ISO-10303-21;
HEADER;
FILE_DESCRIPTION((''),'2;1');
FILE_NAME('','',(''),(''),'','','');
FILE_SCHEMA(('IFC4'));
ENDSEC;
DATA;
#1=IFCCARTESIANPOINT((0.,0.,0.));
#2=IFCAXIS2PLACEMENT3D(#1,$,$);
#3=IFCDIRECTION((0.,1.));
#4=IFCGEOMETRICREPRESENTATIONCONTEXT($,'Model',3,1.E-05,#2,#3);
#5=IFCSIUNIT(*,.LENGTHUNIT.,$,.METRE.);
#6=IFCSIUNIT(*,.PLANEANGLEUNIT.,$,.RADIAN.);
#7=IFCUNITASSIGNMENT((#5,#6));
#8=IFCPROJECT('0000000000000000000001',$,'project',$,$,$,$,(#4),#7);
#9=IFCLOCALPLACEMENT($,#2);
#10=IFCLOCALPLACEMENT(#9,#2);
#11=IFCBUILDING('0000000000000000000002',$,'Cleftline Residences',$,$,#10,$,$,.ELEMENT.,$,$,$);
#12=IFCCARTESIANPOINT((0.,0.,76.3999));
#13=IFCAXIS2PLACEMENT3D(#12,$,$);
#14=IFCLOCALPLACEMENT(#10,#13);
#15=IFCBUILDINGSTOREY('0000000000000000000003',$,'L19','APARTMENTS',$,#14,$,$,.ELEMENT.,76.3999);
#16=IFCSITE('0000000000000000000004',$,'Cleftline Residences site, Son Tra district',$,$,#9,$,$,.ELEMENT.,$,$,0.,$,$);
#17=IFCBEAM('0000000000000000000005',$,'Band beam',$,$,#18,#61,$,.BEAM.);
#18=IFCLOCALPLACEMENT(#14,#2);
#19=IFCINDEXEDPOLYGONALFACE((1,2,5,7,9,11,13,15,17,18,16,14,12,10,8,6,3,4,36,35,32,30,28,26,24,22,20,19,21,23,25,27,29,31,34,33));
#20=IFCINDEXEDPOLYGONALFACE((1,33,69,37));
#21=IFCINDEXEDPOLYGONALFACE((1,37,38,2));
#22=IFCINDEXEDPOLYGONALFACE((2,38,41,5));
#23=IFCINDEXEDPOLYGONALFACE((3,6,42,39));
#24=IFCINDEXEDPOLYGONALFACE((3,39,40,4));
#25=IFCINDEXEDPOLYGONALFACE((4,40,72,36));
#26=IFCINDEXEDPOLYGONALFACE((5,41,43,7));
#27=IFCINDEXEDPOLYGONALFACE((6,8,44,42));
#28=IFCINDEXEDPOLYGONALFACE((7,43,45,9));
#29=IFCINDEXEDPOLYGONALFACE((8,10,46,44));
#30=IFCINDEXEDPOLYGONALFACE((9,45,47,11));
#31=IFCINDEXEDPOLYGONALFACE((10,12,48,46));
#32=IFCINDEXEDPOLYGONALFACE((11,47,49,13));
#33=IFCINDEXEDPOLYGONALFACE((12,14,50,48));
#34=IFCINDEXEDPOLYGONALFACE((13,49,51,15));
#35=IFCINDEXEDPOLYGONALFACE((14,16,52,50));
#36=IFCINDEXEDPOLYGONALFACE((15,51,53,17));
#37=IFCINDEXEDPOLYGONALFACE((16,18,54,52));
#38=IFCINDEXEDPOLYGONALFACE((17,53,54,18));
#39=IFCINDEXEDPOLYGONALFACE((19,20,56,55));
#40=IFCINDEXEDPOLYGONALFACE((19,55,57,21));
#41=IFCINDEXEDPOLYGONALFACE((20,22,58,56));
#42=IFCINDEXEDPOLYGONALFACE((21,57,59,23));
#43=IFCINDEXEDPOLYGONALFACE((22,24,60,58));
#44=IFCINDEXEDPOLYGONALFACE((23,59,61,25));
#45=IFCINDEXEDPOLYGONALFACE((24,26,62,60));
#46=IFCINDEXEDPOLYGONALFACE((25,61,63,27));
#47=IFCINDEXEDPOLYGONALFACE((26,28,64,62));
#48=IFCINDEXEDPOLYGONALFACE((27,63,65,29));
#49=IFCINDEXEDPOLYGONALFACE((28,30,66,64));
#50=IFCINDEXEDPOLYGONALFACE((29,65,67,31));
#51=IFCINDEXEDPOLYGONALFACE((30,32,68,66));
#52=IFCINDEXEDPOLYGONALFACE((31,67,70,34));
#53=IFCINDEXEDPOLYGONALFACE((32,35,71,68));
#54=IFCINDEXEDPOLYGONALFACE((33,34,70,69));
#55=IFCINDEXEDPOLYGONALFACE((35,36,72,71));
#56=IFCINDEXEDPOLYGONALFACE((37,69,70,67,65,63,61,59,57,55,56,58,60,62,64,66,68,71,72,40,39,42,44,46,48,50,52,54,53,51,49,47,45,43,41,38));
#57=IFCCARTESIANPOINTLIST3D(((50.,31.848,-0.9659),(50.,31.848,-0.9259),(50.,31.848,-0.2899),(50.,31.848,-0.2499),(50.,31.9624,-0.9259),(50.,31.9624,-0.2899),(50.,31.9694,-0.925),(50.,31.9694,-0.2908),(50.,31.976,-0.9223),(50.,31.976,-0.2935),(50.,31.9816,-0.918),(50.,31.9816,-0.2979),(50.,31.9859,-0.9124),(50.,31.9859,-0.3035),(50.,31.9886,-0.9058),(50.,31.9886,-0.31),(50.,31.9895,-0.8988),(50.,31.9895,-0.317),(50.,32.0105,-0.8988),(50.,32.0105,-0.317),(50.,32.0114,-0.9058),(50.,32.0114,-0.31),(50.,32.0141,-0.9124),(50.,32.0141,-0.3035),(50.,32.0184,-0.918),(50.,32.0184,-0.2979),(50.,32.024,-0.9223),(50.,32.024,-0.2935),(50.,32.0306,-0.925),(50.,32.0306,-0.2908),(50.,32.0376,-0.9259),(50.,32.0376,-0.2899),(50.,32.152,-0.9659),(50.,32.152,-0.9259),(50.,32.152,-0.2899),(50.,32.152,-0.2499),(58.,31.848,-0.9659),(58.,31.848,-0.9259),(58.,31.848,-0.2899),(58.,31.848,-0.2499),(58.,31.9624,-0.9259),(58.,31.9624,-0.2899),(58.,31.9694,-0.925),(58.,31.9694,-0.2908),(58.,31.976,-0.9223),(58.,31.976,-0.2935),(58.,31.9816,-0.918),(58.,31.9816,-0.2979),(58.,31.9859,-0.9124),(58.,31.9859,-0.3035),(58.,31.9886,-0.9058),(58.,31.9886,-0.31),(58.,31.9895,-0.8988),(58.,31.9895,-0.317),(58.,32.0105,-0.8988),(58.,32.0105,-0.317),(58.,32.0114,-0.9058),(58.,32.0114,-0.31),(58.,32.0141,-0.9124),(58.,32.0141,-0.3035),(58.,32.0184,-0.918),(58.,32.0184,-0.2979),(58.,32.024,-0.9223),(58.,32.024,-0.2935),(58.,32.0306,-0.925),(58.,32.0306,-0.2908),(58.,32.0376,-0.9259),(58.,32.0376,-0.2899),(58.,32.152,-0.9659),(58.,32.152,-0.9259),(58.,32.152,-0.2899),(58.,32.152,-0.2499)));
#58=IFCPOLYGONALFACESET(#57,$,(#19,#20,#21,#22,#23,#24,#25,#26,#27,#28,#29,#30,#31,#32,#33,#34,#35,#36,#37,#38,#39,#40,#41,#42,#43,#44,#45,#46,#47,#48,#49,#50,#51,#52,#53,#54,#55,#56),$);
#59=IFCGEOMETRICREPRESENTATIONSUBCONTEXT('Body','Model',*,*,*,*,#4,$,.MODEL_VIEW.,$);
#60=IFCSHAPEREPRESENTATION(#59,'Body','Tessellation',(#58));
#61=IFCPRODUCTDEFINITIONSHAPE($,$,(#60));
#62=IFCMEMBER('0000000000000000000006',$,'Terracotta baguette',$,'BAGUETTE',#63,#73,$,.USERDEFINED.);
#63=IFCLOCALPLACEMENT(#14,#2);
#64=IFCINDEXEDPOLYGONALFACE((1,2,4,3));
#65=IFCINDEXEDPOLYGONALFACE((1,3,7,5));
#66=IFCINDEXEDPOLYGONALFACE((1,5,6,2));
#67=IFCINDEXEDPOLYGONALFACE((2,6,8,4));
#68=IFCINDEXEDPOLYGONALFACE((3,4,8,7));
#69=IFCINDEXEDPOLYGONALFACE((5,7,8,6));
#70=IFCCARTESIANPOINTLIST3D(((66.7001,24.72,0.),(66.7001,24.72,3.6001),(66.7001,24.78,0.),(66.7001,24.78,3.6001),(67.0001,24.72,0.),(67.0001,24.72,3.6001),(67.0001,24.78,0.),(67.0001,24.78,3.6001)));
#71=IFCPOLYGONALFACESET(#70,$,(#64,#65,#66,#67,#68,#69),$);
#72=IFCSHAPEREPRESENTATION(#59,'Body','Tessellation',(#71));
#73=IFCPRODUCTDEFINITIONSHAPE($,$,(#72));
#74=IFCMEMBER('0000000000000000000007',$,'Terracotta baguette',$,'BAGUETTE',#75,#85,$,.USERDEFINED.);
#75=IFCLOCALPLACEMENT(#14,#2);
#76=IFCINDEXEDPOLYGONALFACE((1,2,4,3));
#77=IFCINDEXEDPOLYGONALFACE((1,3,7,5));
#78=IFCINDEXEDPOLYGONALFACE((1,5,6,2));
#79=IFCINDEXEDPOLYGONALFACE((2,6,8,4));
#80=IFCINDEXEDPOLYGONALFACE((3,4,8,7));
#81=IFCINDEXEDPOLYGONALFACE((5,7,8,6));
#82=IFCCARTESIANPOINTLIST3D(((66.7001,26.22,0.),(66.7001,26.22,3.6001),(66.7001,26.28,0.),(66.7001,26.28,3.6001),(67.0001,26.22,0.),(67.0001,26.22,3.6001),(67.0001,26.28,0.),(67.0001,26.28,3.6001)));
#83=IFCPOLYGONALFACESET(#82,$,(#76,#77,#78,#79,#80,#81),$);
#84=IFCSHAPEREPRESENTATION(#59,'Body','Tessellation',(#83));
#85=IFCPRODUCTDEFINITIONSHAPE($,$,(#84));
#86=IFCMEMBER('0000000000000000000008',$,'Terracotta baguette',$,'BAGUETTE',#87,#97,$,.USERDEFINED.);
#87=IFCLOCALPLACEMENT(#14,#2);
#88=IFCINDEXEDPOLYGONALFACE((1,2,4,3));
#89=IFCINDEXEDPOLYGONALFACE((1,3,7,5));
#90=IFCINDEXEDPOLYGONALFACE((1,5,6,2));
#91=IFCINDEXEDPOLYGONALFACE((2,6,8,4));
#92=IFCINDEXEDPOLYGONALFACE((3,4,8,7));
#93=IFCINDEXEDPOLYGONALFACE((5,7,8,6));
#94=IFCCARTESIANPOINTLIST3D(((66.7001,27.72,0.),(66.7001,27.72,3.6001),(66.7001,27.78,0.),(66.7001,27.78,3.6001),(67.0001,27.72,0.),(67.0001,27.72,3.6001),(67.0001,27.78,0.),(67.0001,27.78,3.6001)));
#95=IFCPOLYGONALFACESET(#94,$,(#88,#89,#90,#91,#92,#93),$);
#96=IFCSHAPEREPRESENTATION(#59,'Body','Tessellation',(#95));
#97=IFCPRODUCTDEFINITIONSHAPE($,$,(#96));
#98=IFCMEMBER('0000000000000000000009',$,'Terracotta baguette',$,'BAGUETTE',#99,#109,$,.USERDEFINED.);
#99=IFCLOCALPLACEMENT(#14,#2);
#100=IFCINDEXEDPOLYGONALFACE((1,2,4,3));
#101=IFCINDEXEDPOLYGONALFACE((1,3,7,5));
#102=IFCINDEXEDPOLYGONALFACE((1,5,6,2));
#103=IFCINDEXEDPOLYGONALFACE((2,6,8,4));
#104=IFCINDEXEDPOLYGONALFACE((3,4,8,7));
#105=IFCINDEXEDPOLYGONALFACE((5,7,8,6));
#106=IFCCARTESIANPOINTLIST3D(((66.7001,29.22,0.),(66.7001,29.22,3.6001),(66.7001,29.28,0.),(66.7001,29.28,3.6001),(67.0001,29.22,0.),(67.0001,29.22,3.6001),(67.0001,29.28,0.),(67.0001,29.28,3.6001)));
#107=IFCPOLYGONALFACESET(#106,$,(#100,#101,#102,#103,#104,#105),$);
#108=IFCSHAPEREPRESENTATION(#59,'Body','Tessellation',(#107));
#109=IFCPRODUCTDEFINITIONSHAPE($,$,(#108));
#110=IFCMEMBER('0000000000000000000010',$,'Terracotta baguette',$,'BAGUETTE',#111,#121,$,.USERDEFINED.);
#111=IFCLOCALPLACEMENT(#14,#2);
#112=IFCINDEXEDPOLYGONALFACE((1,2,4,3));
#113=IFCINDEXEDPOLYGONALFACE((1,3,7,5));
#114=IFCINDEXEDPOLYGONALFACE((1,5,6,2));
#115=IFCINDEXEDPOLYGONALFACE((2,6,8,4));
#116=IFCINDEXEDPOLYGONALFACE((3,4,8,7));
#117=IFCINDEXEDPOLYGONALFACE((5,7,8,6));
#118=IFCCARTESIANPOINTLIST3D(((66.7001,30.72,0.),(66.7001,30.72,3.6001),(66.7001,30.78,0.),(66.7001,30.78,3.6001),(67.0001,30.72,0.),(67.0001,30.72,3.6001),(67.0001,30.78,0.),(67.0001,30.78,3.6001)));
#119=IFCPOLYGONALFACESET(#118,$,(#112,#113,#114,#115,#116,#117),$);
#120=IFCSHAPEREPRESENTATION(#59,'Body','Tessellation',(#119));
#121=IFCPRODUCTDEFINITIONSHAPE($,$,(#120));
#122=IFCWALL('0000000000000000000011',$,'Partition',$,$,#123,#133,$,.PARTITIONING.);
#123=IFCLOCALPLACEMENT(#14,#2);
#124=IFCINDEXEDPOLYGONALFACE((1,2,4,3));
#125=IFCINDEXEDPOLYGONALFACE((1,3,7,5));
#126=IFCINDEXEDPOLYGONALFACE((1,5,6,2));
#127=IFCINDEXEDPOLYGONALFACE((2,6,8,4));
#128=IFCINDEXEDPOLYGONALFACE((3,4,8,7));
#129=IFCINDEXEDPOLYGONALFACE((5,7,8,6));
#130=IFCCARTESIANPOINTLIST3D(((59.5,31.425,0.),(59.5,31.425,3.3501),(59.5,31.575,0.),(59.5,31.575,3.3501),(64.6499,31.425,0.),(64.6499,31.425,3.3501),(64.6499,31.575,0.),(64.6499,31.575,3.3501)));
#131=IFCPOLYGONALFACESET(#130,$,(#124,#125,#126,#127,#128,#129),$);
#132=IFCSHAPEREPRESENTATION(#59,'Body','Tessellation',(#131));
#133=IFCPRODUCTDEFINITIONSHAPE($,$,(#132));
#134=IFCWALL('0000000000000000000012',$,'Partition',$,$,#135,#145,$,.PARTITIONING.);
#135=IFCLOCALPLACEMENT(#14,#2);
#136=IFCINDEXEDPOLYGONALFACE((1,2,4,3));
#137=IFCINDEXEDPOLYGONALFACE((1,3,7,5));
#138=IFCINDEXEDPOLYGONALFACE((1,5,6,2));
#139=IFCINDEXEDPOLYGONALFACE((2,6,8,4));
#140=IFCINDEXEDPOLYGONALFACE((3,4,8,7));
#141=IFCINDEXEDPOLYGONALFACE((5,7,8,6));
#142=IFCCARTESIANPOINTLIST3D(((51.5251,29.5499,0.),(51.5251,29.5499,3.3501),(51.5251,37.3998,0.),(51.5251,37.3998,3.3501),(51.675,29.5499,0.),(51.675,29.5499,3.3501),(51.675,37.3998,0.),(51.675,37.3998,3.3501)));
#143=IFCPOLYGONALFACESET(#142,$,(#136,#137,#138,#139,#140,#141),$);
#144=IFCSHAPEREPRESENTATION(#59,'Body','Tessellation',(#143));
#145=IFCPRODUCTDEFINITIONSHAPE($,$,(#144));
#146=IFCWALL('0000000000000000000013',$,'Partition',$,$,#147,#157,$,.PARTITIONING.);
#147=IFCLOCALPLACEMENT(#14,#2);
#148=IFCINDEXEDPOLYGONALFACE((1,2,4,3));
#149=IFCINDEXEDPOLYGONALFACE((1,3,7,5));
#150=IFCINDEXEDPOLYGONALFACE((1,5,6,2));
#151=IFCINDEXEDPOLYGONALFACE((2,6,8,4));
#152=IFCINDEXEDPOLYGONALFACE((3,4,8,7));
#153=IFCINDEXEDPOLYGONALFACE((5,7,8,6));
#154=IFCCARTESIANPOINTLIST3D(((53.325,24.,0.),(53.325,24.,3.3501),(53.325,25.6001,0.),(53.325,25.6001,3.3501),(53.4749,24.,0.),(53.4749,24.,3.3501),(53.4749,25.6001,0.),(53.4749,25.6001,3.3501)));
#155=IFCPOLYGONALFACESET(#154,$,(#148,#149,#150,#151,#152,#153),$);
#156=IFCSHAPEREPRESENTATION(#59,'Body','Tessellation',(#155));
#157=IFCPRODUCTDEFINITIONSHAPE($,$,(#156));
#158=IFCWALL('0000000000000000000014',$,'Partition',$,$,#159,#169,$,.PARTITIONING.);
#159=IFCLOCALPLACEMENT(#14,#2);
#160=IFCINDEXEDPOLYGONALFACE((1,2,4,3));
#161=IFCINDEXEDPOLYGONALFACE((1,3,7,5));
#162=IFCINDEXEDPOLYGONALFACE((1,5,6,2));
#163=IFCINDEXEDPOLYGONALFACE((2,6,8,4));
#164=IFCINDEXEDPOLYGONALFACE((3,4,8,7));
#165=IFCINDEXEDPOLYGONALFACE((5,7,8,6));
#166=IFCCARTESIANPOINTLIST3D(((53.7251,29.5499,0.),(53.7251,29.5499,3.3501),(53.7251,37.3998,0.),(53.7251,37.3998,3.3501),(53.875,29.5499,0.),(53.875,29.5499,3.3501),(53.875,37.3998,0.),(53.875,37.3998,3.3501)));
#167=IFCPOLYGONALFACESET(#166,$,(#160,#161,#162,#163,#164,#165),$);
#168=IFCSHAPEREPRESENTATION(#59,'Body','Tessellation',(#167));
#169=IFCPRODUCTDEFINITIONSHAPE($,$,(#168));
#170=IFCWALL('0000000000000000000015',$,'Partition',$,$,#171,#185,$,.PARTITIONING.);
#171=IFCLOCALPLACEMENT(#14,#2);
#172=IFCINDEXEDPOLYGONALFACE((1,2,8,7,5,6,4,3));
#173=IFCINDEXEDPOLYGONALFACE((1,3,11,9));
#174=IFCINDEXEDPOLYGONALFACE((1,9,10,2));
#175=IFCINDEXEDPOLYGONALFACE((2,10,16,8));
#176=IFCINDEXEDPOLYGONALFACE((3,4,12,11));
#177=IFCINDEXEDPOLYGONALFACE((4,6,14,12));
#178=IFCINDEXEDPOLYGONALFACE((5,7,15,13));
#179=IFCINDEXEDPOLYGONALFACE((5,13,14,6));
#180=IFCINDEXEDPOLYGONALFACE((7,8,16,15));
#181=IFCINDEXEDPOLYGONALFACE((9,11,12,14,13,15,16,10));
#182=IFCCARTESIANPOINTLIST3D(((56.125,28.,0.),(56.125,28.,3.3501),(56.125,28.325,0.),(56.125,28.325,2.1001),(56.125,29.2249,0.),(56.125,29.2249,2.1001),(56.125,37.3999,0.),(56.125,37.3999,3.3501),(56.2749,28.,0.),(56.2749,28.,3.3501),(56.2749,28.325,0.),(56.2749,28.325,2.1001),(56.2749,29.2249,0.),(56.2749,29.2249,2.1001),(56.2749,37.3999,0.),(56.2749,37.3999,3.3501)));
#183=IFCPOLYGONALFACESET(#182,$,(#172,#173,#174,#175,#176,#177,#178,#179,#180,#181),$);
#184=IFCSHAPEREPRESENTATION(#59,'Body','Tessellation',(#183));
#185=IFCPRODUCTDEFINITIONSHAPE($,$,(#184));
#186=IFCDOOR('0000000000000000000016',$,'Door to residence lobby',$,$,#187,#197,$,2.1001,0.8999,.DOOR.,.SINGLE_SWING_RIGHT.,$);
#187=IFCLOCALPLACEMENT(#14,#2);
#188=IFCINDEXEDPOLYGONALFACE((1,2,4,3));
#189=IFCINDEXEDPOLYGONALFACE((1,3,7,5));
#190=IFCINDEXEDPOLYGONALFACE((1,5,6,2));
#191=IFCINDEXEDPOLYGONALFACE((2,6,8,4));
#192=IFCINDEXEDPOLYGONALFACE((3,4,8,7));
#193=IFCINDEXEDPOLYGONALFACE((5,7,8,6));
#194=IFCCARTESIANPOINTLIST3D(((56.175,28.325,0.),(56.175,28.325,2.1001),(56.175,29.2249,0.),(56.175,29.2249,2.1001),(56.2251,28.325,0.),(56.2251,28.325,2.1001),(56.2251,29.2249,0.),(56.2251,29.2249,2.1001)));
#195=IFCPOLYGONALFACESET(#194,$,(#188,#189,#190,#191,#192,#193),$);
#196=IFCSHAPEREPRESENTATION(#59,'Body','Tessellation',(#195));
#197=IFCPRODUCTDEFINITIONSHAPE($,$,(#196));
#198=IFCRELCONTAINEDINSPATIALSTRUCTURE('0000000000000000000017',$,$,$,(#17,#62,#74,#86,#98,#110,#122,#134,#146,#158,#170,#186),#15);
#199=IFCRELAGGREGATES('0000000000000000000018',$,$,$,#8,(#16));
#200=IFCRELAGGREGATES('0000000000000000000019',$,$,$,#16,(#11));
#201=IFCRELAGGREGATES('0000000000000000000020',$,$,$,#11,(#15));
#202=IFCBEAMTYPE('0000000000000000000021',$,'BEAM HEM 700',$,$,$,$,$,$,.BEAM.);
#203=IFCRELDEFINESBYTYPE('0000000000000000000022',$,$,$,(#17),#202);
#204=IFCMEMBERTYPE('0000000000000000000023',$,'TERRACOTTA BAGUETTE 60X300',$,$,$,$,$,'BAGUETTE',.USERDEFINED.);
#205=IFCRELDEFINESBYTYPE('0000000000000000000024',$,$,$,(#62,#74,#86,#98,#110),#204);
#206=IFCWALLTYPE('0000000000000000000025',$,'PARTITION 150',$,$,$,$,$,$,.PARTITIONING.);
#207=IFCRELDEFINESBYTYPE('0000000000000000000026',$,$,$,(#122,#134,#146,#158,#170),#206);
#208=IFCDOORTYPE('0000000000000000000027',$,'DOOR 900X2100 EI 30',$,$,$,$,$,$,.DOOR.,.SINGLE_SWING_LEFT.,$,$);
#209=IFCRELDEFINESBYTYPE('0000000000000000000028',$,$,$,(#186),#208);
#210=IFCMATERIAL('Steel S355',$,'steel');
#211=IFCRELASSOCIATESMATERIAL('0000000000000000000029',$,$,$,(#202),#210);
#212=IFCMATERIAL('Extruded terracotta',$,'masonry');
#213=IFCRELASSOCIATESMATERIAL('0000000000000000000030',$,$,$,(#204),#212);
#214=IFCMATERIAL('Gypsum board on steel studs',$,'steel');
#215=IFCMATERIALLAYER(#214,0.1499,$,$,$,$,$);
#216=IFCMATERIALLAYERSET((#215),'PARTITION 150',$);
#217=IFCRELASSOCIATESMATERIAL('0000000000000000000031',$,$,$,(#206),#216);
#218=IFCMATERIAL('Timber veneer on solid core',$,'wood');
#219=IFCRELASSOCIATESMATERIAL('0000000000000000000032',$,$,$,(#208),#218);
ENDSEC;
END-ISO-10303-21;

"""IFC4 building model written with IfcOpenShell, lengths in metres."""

from ifc_helpers import new_model, si_unit, direction, frame, frame_2d, origin, origin_2d, place, context, subcontext, project, spatial, rectangle, i_section, extrude, material, layer, layer_set, material_profile, profile_set, type_object, element, fill, save


model = new_model("IFC4")

# Units and contexts
model_context = context("Model", 3, precision=1e-05, world=origin(), true_north=direction((0.0, 1.0)))
body_context = subcontext(model_context, "Body", "Model", "MODEL_VIEW")
ifc_project = project(units=[si_unit("LENGTHUNIT", "METRE"), si_unit("PLANEANGLEUNIT", "RADIAN")], contexts=[model_context])

# Site, building, storey
site_placement = place(None, origin())
site = spatial("IfcSite", under=ifc_project, at=site_placement, Name="Cleftline Residences site, Son Tra district", CompositionType="ELEMENT", RefElevation=0.0)
building_placement = place(site_placement, origin())
building = spatial("IfcBuilding", under=site, at=building_placement, Name="Cleftline Residences", CompositionType="ELEMENT")
storey_placement = place(building_placement, frame((0.0, 0.0, 76.3999)))
storey = spatial("IfcBuildingStorey", under=building, at=storey_placement, Name="L19", Description="APARTMENTS", CompositionType="ELEMENT", Elevation=76.3999)

# Beam
ifc_material_1 = material(Name="Steel S355", Category="steel")
ifc_material_profile_1 = material_profile(ifc_material_1, i_section(OverallWidth=0.304, OverallDepth=0.7161, WebThickness=0.021, FlangeThickness=0.04, FilletRadius=0.0271, at=origin_2d()))
ifc_profile_set_1 = profile_set([ifc_material_profile_1], Name="Steel S355")
beam_type_1 = type_object("IfcBeamType", Name="BEAM HEM 700", PredefinedType="BEAM", material=ifc_profile_set_1)
beam_placement = place(storey_placement, frame((58.0, 32.0, -0.6079), z_axis=(-1.0, 0.0, 0.0), x_axis=(0.0, -1.0, 0.0)))
element("IfcBeam", 1, at=beam_placement, inside=storey, type_object=beam_type_1, Name="Band beam", PredefinedType="BEAM", context=body_context, shape_type="SweptSolid", body=[
    extrude(i_section(OverallWidth=0.304, OverallDepth=0.7161, WebThickness=0.021, FlangeThickness=0.04, FilletRadius=0.0271, at=origin_2d()), origin(), (0.0, 0.0, 1.0), 8.0),
])

# Members
ifc_material_2 = material(Name="Extruded terracotta", Category="masonry")
ifc_material_profile_2 = material_profile(ifc_material_2, rectangle(XDim=0.0601, YDim=0.3, at=origin_2d()))
ifc_profile_set_2 = profile_set([ifc_material_profile_2], Name="Extruded terracotta")
member_type_1 = type_object("IfcMemberType", Name="TERRACOTTA BAGUETTE 60X300", ElementType="BAGUETTE", PredefinedType="USERDEFINED", material=ifc_profile_set_2)
for number, where, z_axis, x_axis, name in (
    (2, (66.8501, 24.75, 0.0), (0.0, 0.0, 1.0), (0.0, 1.0, 0.0), "Terracotta baguette"),
    (3, (66.8501, 26.25, 0.0), (0.0, 0.0, 1.0), (0.0, 1.0, 0.0), "Terracotta baguette"),
    (4, (66.8501, 27.75, 0.0), (0.0, 0.0, 1.0), (0.0, 1.0, 0.0), "Terracotta baguette"),
    (5, (66.8501, 29.25, 0.0), (0.0, 0.0, 1.0), (0.0, 1.0, 0.0), "Terracotta baguette"),
    (6, (66.8501, 30.75, 0.0), (0.0, 0.0, 1.0), (0.0, 1.0, 0.0), "Terracotta baguette"),
):
    element("IfcMember", number, at=place(storey_placement, frame(where, z_axis=z_axis, x_axis=x_axis)), inside=storey, type_object=member_type_1, Name=name, ObjectType="BAGUETTE", PredefinedType="USERDEFINED", context=body_context, shape_type="SweptSolid", body=[
        extrude(rectangle(XDim=0.0601, YDim=0.3, at=origin_2d()), origin(), (0.0, 0.0, 1.0), 3.6001),
    ])

# Walls
ifc_material_3 = material(Name="Gypsum board on steel studs", Category="steel")
ifc_layer_1 = layer(ifc_material_3, 0.1499)
ifc_layer_set_1 = layer_set([ifc_layer_1], Name="PARTITION 150")
wall_type_1 = type_object("IfcWallType", Name="PARTITION 150", PredefinedType="PARTITIONING", material=ifc_layer_set_1)
wall_1_placement = place(storey_placement, frame((59.5, 31.5, 0.0), z_axis=(0.0, 0.0, 1.0), x_axis=(1.0, 0.0, 0.0)))
element("IfcWall", 7, at=wall_1_placement, inside=storey, type_object=wall_type_1, Name="Partition", PredefinedType="PARTITIONING", context=body_context, shape_type="SweptSolid", body=[
    extrude(rectangle(XDim=5.1499, YDim=0.1499, at=frame_2d((2.575, 0.0))), origin(), (0.0, 0.0, 1.0), 3.3501),
])
wall_2_placement = place(storey_placement, frame((51.6001, 29.55, 0.0), z_axis=(0.0, 0.0, 1.0), x_axis=(0.0, 1.0, 0.0)))
element("IfcWall", 8, at=wall_2_placement, inside=storey, type_object=wall_type_1, Name="Partition", PredefinedType="PARTITIONING", context=body_context, shape_type="SweptSolid", body=[
    extrude(rectangle(XDim=7.8499, YDim=0.1499, at=frame_2d((3.9248, 0.0))), origin(), (0.0, 0.0, 1.0), 3.3501),
])
wall_3_placement = place(storey_placement, frame((53.3999, 24.0, 0.0), z_axis=(0.0, 0.0, 1.0), x_axis=(0.0, 1.0, 0.0)))
element("IfcWall", 9, at=wall_3_placement, inside=storey, type_object=wall_type_1, Name="Partition", PredefinedType="PARTITIONING", context=body_context, shape_type="SweptSolid", body=[
    extrude(rectangle(XDim=1.6001, YDim=0.1499, at=frame_2d((0.8, 0.0))), origin(), (0.0, 0.0, 1.0), 3.3501),
])
wall_4_placement = place(storey_placement, frame((53.8, 29.55, 0.0), z_axis=(0.0, 0.0, 1.0), x_axis=(0.0, 1.0, 0.0)))
element("IfcWall", 10, at=wall_4_placement, inside=storey, type_object=wall_type_1, Name="Partition", PredefinedType="PARTITIONING", context=body_context, shape_type="SweptSolid", body=[
    extrude(rectangle(XDim=7.8499, YDim=0.1499, at=frame_2d((3.9248, 0.0))), origin(), (0.0, 0.0, 1.0), 3.3501),
])

# Wall, opening, door
wall_5_placement = place(storey_placement, frame((56.2, 28.0, 0.0), z_axis=(0.0, 0.0, 1.0), x_axis=(0.0, 1.0, 0.0)))
wall_5 = element("IfcWall", 11, at=wall_5_placement, inside=storey, type_object=wall_type_1, Name="Partition", PredefinedType="PARTITIONING", context=body_context, shape_type="SweptSolid", body=[
    extrude(rectangle(XDim=9.3999, YDim=0.1499, at=frame_2d((4.7, 0.0))), origin(), (0.0, 0.0, 1.0), 3.3501),
])
opening_1_placement = place(wall_5_placement, frame((0.325, 0.0, 0.0)))
opening_1 = element("IfcOpeningElement", 12, at=opening_1_placement, cuts=wall_5, PredefinedType="OPENING", context=body_context, shape_type="SweptSolid", body=[
    extrude(rectangle(XDim=0.8999, YDim=2.1001, at=frame_2d((0.45, 1.05))), frame((0.0, 0.085, 0.0), z_axis=(0.0, -1.0, 0.0), x_axis=(1.0, 0.0, 0.0)), (0.0, 0.0, 1.0), 0.1699),
])
ifc_material_4 = material(Name="Timber veneer on solid core", Category="wood")
door_type_1 = type_object("IfcDoorType", Name="DOOR 900X2100 EI 30", OperationType="SINGLE_SWING_LEFT", PredefinedType="DOOR", material=ifc_material_4)
door_1_placement = place(opening_1_placement, origin())
door_1 = element("IfcDoor", 13, at=door_1_placement, inside=storey, type_object=door_type_1, Name="Door to residence lobby", OperationType="SINGLE_SWING_RIGHT", OverallHeight=2.1001, OverallWidth=0.8999, PredefinedType="DOOR", context=body_context, shape_type="SweptSolid", body=[
    extrude(rectangle(XDim=0.8999, YDim=2.1001, at=frame_2d((0.45, 1.05))), frame((0.0, 0.0249, 0.0), z_axis=(0.0, -1.0, 0.0), x_axis=(1.0, 0.0, 0.0)), (0.0, 0.0, 1.0), 0.05),
])
fill(opening_1, door_1)

save(model, "model.ifc")
